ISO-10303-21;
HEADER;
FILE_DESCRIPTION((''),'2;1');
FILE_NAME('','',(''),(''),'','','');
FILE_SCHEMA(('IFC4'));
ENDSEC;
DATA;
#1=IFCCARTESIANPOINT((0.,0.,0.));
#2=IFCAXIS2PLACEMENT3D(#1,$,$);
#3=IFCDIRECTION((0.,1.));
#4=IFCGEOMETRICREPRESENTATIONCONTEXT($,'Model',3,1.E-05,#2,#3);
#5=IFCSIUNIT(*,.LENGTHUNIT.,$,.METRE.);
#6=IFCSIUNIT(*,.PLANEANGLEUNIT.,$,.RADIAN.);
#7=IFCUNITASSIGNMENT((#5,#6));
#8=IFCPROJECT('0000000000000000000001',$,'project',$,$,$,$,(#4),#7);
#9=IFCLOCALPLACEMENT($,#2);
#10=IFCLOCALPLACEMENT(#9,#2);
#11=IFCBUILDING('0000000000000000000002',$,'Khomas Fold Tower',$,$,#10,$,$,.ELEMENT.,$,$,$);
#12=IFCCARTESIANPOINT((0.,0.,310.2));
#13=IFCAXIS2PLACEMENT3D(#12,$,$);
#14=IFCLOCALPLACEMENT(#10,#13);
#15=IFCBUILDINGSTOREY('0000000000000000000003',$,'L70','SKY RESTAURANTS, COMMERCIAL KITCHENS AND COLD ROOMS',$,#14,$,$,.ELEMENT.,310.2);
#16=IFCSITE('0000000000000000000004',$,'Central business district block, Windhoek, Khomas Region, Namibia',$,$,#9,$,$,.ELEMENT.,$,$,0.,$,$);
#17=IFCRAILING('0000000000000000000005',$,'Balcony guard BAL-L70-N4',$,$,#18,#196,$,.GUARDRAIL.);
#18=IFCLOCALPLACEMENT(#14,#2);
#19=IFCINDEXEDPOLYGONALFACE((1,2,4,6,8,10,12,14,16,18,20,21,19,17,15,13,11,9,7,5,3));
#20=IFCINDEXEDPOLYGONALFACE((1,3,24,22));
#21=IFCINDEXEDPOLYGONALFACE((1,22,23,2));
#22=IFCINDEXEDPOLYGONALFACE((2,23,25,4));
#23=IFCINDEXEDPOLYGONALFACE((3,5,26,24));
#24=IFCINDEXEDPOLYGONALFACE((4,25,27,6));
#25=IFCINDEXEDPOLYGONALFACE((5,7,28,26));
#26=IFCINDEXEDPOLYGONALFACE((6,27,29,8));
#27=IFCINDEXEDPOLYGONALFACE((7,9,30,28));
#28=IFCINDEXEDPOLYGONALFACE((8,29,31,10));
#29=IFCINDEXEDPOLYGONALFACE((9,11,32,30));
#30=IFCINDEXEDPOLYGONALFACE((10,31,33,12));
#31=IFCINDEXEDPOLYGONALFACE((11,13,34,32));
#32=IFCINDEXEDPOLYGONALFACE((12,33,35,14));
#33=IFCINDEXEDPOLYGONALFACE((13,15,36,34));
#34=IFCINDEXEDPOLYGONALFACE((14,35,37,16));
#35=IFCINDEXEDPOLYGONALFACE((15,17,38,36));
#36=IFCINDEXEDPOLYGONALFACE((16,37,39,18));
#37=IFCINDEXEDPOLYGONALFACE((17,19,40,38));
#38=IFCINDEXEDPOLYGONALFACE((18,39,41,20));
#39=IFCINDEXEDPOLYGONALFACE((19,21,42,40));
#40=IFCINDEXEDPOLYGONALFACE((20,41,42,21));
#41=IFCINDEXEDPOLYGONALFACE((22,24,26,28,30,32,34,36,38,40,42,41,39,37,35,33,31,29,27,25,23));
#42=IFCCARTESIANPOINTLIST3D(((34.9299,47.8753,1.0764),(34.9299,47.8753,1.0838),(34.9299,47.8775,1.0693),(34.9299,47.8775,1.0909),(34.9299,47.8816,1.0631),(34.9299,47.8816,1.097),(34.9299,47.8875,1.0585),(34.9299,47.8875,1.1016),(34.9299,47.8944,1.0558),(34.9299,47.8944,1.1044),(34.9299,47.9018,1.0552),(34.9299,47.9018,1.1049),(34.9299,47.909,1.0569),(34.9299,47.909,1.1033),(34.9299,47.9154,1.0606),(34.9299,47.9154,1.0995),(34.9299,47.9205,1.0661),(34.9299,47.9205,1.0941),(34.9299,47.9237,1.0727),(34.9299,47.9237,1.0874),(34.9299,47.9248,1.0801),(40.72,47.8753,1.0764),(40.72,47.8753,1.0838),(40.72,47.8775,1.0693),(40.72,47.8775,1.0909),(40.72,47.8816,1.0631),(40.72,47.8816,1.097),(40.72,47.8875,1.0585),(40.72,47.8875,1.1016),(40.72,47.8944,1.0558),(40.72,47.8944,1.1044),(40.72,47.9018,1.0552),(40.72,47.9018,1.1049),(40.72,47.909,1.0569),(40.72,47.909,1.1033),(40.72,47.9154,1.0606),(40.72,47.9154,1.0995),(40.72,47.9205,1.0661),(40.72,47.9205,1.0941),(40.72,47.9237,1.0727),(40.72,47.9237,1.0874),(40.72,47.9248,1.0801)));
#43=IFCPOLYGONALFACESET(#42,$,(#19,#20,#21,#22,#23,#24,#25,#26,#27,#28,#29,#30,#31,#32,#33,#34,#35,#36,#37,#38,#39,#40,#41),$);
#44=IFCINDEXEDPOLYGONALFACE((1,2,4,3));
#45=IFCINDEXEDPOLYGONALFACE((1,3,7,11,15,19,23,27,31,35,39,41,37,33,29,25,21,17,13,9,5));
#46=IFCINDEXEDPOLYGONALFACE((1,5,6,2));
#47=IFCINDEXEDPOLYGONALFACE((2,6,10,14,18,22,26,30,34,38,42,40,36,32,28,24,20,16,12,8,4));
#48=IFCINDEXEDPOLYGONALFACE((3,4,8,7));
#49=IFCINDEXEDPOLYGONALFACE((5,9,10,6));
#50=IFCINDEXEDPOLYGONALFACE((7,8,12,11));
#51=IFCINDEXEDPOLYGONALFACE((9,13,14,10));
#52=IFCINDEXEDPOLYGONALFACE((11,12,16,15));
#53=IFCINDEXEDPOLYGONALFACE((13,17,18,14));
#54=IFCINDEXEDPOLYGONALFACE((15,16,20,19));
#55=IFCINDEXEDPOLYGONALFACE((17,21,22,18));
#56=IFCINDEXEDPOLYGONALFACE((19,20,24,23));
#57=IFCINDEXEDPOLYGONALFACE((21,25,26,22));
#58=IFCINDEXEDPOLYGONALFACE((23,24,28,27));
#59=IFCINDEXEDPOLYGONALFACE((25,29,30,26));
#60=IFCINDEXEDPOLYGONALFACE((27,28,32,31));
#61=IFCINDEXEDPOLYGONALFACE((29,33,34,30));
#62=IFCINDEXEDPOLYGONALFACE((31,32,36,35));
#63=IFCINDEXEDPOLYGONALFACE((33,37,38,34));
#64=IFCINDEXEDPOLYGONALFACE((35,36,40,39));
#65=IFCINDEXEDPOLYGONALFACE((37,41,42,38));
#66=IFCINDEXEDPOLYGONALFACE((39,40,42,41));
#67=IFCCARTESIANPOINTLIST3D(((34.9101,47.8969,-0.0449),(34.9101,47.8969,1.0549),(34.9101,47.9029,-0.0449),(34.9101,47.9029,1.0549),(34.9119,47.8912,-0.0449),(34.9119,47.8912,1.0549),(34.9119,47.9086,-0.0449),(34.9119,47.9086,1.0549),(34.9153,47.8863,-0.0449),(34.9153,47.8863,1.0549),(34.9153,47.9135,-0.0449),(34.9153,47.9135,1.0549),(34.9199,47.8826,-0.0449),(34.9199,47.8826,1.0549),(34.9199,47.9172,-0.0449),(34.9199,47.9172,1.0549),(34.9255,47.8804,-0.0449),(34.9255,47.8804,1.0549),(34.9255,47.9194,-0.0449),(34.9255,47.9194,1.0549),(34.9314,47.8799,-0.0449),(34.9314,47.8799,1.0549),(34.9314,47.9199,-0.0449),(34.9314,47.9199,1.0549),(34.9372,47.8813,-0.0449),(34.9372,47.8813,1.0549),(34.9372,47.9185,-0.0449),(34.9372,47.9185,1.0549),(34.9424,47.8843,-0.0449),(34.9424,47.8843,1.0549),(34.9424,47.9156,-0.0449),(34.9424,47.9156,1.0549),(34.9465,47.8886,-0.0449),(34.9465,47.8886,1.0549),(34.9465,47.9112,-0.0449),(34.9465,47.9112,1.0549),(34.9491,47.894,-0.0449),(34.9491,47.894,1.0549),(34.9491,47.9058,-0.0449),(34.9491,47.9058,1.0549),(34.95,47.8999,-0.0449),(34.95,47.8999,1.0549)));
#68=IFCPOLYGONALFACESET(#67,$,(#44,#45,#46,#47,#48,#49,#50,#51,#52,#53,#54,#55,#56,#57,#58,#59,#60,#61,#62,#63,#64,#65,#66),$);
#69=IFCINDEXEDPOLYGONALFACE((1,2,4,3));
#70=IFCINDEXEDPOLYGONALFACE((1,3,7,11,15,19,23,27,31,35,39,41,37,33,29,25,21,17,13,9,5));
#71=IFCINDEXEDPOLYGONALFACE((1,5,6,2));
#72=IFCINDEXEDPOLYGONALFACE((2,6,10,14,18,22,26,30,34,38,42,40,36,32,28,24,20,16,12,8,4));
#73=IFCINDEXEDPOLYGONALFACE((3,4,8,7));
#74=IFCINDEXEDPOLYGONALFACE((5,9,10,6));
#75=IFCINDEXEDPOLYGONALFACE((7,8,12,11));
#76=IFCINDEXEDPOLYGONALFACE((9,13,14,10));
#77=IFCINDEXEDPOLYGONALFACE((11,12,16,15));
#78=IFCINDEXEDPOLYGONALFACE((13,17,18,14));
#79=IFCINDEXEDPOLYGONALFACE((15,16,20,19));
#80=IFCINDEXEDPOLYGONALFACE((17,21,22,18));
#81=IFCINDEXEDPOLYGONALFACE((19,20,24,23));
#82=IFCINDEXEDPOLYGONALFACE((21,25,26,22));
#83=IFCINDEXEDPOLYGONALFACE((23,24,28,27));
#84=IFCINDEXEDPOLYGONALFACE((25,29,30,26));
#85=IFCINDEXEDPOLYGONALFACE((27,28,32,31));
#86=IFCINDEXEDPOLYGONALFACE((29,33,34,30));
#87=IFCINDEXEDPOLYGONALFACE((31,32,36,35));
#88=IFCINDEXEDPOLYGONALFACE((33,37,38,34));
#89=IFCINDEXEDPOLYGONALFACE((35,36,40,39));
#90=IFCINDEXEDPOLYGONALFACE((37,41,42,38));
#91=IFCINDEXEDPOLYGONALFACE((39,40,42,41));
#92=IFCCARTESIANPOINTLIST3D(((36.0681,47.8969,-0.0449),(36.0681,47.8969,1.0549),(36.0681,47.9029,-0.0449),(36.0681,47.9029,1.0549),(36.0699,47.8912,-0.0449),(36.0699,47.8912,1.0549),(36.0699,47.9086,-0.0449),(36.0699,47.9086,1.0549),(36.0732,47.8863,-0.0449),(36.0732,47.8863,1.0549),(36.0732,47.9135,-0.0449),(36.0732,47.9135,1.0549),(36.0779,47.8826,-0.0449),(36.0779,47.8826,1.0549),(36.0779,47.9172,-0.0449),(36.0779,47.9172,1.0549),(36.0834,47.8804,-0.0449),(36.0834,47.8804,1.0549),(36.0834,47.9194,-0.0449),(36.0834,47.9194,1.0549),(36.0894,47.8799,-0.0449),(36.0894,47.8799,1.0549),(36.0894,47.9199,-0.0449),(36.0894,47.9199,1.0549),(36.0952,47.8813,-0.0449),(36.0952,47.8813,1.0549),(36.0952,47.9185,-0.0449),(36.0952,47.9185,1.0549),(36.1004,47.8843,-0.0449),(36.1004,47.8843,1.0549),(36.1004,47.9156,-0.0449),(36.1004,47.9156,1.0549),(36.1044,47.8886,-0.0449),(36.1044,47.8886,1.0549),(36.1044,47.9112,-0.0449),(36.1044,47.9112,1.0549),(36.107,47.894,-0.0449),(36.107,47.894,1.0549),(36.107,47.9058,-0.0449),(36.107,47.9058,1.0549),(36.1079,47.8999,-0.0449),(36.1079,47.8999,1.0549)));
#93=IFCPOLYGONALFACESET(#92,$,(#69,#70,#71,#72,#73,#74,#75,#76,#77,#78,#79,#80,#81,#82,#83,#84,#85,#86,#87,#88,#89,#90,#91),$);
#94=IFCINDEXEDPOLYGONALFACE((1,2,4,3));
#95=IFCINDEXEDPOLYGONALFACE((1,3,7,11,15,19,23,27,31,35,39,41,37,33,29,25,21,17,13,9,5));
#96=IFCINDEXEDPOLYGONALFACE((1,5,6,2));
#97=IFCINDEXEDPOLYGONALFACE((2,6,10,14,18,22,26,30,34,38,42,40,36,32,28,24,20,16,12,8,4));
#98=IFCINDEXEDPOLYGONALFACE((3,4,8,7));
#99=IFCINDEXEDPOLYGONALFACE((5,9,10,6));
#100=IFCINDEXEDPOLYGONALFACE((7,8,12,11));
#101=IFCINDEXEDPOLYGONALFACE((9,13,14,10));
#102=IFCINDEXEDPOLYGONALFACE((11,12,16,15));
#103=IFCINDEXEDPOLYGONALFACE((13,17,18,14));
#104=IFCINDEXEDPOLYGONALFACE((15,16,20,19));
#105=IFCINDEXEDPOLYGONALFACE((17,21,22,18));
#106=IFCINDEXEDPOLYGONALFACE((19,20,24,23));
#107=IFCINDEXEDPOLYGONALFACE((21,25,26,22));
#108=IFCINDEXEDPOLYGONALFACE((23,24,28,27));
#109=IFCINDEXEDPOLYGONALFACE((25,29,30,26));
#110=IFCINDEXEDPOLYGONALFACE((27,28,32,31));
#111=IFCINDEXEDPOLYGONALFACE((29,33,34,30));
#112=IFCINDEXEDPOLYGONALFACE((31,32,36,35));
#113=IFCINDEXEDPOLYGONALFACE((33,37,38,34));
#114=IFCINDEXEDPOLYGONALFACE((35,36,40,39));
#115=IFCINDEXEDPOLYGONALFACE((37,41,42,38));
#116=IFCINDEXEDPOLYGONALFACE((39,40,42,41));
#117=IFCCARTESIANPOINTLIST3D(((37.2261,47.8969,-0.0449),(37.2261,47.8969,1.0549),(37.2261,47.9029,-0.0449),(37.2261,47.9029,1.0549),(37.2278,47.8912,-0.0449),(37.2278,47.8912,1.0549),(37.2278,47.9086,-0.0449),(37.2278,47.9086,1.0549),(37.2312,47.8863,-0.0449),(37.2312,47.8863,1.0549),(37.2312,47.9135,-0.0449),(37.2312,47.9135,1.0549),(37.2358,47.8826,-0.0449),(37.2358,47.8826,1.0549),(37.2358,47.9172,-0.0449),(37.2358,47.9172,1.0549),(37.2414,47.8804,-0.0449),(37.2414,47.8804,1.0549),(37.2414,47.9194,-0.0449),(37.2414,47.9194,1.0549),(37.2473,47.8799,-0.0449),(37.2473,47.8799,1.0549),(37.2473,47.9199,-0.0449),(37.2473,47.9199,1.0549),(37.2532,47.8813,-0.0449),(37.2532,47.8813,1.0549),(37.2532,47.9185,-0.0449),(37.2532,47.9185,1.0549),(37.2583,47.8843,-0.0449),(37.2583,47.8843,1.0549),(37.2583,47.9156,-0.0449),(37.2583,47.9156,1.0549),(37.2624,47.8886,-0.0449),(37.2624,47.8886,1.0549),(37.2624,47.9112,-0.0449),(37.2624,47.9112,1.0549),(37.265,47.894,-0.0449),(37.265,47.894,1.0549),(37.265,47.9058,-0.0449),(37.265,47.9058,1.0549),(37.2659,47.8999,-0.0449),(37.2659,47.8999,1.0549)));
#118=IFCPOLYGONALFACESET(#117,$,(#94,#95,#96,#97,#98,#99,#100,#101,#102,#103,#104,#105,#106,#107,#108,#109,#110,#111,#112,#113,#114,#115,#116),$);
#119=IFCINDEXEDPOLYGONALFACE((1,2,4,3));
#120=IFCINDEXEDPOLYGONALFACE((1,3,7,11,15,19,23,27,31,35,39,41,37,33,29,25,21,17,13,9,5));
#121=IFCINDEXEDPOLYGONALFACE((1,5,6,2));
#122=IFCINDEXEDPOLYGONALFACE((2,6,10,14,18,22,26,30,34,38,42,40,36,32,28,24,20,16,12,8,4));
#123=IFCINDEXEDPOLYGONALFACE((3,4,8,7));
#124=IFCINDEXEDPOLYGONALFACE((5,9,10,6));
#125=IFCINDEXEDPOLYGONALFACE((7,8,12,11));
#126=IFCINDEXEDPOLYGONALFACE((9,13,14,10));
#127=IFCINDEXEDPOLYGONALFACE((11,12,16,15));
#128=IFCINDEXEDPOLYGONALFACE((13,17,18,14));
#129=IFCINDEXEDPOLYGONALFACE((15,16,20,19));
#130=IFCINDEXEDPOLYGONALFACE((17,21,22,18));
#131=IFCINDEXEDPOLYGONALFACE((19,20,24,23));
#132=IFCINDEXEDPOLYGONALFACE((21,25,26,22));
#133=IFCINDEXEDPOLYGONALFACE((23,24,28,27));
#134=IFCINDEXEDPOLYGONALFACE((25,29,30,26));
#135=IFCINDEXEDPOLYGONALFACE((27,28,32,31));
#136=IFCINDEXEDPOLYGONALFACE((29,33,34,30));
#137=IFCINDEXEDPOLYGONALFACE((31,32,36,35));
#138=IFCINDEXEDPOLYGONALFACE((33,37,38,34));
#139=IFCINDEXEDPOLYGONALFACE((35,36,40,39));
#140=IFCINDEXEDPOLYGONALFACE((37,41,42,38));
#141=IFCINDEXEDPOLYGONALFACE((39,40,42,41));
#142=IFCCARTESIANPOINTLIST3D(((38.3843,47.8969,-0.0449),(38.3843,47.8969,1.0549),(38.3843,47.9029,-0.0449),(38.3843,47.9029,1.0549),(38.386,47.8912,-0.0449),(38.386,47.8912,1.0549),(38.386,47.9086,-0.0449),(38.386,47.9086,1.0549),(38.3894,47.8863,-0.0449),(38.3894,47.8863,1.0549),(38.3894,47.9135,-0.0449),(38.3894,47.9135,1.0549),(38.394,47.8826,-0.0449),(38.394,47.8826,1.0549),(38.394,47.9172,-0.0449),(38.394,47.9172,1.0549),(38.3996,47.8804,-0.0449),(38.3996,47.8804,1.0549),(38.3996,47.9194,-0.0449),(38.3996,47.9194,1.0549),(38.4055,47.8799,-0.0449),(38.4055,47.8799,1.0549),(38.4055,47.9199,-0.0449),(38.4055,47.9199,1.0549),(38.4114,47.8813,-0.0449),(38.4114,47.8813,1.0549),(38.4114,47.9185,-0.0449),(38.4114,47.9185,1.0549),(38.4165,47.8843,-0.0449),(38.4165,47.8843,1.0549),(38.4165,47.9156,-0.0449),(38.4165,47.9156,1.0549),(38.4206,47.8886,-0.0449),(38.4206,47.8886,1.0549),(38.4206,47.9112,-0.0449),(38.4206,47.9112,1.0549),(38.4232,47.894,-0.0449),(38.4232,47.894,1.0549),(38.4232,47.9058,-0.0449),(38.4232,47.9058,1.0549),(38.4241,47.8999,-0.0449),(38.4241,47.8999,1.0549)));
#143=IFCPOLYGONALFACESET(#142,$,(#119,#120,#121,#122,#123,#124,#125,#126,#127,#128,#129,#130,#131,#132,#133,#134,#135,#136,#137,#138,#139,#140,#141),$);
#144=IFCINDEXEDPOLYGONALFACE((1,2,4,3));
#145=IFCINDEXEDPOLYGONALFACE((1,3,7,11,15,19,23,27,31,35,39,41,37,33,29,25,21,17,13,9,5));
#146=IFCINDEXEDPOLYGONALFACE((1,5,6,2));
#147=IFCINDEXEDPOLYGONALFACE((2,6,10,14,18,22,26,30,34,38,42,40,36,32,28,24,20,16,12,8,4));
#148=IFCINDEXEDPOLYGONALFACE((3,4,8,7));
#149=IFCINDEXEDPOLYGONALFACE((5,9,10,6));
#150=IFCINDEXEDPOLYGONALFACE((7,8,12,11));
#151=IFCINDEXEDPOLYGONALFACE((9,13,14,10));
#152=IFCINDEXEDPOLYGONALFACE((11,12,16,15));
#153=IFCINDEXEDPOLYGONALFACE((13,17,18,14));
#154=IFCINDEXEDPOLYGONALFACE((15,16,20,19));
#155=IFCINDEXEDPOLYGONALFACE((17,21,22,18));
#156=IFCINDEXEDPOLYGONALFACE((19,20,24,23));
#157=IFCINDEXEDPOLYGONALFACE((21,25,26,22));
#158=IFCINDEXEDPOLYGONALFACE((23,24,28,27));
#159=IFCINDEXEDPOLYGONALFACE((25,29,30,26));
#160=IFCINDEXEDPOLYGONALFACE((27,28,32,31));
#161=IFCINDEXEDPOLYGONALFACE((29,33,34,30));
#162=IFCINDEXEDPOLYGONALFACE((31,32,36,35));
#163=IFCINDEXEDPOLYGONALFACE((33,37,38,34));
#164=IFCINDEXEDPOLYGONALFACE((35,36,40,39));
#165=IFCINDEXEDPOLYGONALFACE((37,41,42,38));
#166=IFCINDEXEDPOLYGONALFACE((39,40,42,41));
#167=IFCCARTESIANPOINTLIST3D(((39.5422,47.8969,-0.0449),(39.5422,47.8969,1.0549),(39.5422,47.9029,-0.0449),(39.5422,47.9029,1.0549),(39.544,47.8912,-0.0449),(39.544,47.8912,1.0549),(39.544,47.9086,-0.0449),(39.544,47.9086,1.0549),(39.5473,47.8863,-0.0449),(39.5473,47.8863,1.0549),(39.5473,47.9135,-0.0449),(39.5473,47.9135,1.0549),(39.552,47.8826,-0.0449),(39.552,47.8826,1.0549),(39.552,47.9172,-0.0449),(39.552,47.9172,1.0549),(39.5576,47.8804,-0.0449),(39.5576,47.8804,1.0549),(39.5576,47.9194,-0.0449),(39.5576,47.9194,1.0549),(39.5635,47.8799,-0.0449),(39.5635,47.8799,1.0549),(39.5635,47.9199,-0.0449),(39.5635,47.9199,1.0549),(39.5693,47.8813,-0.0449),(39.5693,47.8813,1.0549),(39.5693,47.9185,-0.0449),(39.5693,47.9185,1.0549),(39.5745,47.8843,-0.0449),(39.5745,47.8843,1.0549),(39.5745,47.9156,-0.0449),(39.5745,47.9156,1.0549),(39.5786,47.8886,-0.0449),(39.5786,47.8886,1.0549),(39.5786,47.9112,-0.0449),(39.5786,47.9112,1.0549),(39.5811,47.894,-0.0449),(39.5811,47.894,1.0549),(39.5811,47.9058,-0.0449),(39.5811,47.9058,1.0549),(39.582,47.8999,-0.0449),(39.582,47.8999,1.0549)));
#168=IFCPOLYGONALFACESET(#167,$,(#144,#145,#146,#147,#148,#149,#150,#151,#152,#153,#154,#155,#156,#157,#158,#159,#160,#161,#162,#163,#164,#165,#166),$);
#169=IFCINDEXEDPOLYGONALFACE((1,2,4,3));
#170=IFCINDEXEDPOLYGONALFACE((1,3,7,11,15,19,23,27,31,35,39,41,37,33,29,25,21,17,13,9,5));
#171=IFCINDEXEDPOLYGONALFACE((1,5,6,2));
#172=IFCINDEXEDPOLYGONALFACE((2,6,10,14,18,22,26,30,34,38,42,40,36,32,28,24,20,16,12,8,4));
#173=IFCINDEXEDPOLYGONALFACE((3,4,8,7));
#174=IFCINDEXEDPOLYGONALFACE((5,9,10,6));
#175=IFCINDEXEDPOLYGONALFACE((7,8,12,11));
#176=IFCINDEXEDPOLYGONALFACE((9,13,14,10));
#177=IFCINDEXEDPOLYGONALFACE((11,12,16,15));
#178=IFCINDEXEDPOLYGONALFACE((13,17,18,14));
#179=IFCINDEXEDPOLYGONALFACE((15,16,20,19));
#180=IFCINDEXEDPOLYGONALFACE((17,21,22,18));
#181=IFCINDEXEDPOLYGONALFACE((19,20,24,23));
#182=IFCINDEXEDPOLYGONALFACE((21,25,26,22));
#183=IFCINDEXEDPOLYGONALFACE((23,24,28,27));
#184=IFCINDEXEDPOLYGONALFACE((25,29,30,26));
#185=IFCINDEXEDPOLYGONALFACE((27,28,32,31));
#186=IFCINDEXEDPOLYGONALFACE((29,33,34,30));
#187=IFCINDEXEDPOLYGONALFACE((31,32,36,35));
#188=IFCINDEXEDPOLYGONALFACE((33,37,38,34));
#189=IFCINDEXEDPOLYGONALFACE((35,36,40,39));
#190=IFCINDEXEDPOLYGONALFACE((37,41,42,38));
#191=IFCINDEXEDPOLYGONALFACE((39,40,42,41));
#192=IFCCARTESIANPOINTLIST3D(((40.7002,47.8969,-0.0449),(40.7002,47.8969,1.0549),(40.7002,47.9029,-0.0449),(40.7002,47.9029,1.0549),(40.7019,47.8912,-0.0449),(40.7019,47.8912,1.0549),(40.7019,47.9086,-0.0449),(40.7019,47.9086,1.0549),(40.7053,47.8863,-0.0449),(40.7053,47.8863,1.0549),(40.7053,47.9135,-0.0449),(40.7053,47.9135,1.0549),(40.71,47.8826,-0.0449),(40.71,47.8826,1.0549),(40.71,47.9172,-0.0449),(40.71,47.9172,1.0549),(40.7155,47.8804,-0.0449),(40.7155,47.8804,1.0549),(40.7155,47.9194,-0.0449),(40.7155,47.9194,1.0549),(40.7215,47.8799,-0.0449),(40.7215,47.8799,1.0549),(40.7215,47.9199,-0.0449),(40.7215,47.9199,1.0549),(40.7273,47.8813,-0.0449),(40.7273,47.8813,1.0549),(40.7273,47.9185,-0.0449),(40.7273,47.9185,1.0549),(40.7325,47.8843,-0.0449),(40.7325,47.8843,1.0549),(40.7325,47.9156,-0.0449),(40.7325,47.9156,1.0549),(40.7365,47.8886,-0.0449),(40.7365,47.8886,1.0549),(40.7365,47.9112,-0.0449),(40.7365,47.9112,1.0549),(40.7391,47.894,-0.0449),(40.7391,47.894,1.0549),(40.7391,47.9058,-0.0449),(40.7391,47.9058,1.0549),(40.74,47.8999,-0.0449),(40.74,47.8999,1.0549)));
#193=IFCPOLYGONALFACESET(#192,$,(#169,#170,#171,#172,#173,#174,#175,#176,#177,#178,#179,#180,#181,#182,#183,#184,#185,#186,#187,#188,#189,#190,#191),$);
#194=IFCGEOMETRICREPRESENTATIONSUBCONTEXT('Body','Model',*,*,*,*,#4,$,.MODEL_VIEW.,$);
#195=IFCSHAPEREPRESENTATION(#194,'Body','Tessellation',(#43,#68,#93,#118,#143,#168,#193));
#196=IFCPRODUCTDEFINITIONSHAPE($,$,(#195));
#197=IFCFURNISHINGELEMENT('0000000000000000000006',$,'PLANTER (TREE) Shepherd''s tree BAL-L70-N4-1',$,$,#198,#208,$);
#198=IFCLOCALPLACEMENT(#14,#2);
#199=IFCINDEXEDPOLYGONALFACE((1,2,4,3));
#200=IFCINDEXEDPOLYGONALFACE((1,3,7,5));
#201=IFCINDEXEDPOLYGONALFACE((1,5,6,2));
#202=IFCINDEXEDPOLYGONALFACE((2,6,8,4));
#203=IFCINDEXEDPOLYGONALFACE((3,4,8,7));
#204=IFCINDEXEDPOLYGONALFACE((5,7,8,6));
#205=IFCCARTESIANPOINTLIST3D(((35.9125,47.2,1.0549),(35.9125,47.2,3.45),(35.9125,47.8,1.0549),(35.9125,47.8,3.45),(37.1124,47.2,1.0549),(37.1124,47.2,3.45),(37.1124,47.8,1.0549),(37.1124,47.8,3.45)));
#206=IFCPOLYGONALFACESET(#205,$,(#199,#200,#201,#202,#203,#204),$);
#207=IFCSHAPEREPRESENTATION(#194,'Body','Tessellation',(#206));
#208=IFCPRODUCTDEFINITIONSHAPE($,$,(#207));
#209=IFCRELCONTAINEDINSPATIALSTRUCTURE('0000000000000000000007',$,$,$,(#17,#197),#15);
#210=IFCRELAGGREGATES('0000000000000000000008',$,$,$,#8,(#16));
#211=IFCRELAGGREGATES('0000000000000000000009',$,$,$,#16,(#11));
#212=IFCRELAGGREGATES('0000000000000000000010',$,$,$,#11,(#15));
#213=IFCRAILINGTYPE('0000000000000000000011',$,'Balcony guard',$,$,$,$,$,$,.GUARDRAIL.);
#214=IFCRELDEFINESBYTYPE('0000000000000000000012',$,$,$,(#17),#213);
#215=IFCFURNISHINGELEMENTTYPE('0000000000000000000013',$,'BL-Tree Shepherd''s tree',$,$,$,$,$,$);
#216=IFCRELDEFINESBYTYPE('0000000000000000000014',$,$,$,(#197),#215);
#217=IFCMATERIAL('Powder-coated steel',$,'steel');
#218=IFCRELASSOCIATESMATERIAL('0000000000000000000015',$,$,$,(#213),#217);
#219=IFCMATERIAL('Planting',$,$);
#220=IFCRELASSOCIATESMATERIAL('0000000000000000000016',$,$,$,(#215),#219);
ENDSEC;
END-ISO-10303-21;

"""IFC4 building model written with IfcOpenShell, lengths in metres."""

from ifc_helpers import new_model, si_unit, direction, frame, origin, origin_2d, place, context, subcontext, project, spatial, rectangle, circle, extrude, source, transform, mapped, material, type_object, element, save


model = new_model("IFC4")

# Units and contexts
model_context = context("Model", 3, precision=1e-05, world=origin(), true_north=direction((0.0, 1.0)))
body_context = subcontext(model_context, "Body", "Model", "MODEL_VIEW")
ifc_project = project(units=[si_unit("LENGTHUNIT", "METRE"), si_unit("PLANEANGLEUNIT", "RADIAN")], contexts=[model_context])

# Site, building, storey
site_placement = place(None, origin())
site = spatial("IfcSite", under=ifc_project, at=site_placement, Name="Central business district block, Windhoek, Khomas Region, Namibia", CompositionType="ELEMENT", RefElevation=0.0)
building_placement = place(site_placement, origin())
building = spatial("IfcBuilding", under=site, at=building_placement, Name="Khomas Fold Tower", CompositionType="ELEMENT")
storey_placement = place(building_placement, frame((0.0, 0.0, 310.2)))
storey = spatial("IfcBuildingStorey", under=building, at=storey_placement, Name="L70", Description="SKY RESTAURANTS, COMMERCIAL KITCHENS AND COLD ROOMS", CompositionType="ELEMENT", Elevation=310.2)

# Railing
ifc_material_1 = material(Name="Powder-coated steel", Category="steel")
railing_type = type_object("IfcRailingType", Name="Balcony guard", PredefinedType="GUARDRAIL", material=ifc_material_1)
shared_shape_1 = source(origin(), body_context, "Body", "SweptSolid", [
    extrude(circle(Radius=0.0249, at=origin_2d()), frame((0.0, 0.0, 1.125), z_axis=(1.0, 0.0, 0.0), x_axis=(0.0, 1.0, 0.0)), (0.0, 0.0, 1.0), 5.79),
    extrude(circle(Radius=0.02, at=origin_2d()), origin(), (0.0, 0.0, 1.0), 1.0999),
    extrude(circle(Radius=0.02, at=origin_2d()), frame((1.158, 0.0, 0.0)), (0.0, 0.0, 1.0), 1.0999),
    extrude(circle(Radius=0.02, at=origin_2d()), frame((2.3159, 0.0, 0.0)), (0.0, 0.0, 1.0), 1.0999),
    extrude(circle(Radius=0.02, at=origin_2d()), frame((3.4741, 0.0, 0.0)), (0.0, 0.0, 1.0), 1.0999),
    extrude(circle(Radius=0.02, at=origin_2d()), frame((4.6321, 0.0, 0.0)), (0.0, 0.0, 1.0), 1.0999),
    extrude(circle(Radius=0.02, at=origin_2d()), frame((5.79, 0.0, 0.0)), (0.0, 0.0, 1.0), 1.0999),
])
railing_placement = place(storey_placement, frame((34.9299, 47.8999, -0.0449)))
element("IfcRailing", 1, at=railing_placement, inside=storey, type_object=railing_type, Name="Balcony guard BAL-L70-N4", PredefinedType="GUARDRAIL", context=body_context, shape_type="MappedRepresentation", body=[
    mapped(shared_shape_1, transform((0.0, 0.0, 0.0))),
])

# Furnishing element
ifc_material_2 = material(Name="Planting")
furnishing_element_type_1 = type_object("IfcFurnishingElementType", Name="BL-Tree Shepherd's tree", material=ifc_material_2)
shared_shape_2 = source(origin(), body_context, "Body", "SweptSolid", [
    extrude(rectangle(XDim=1.2, YDim=0.6001, at=origin_2d()), origin(), (0.0, 0.0, 1.0), 2.395),
])
furnishing_1_placement = place(storey_placement, frame((36.5125, 47.5, 1.0549), z_axis=(0.0, 0.0, 1.0), x_axis=(1.0, 0.0, 0.0)))
element("IfcFurnishingElement", 2, at=furnishing_1_placement, inside=storey, type_object=furnishing_element_type_1, Name="PLANTER (TREE) Shepherd's tree BAL-L70-N4-1", context=body_context, shape_type="MappedRepresentation", body=[
    mapped(shared_shape_2, transform((0.0, 0.0, 0.0))),
])

save(model, "model.ifc")
